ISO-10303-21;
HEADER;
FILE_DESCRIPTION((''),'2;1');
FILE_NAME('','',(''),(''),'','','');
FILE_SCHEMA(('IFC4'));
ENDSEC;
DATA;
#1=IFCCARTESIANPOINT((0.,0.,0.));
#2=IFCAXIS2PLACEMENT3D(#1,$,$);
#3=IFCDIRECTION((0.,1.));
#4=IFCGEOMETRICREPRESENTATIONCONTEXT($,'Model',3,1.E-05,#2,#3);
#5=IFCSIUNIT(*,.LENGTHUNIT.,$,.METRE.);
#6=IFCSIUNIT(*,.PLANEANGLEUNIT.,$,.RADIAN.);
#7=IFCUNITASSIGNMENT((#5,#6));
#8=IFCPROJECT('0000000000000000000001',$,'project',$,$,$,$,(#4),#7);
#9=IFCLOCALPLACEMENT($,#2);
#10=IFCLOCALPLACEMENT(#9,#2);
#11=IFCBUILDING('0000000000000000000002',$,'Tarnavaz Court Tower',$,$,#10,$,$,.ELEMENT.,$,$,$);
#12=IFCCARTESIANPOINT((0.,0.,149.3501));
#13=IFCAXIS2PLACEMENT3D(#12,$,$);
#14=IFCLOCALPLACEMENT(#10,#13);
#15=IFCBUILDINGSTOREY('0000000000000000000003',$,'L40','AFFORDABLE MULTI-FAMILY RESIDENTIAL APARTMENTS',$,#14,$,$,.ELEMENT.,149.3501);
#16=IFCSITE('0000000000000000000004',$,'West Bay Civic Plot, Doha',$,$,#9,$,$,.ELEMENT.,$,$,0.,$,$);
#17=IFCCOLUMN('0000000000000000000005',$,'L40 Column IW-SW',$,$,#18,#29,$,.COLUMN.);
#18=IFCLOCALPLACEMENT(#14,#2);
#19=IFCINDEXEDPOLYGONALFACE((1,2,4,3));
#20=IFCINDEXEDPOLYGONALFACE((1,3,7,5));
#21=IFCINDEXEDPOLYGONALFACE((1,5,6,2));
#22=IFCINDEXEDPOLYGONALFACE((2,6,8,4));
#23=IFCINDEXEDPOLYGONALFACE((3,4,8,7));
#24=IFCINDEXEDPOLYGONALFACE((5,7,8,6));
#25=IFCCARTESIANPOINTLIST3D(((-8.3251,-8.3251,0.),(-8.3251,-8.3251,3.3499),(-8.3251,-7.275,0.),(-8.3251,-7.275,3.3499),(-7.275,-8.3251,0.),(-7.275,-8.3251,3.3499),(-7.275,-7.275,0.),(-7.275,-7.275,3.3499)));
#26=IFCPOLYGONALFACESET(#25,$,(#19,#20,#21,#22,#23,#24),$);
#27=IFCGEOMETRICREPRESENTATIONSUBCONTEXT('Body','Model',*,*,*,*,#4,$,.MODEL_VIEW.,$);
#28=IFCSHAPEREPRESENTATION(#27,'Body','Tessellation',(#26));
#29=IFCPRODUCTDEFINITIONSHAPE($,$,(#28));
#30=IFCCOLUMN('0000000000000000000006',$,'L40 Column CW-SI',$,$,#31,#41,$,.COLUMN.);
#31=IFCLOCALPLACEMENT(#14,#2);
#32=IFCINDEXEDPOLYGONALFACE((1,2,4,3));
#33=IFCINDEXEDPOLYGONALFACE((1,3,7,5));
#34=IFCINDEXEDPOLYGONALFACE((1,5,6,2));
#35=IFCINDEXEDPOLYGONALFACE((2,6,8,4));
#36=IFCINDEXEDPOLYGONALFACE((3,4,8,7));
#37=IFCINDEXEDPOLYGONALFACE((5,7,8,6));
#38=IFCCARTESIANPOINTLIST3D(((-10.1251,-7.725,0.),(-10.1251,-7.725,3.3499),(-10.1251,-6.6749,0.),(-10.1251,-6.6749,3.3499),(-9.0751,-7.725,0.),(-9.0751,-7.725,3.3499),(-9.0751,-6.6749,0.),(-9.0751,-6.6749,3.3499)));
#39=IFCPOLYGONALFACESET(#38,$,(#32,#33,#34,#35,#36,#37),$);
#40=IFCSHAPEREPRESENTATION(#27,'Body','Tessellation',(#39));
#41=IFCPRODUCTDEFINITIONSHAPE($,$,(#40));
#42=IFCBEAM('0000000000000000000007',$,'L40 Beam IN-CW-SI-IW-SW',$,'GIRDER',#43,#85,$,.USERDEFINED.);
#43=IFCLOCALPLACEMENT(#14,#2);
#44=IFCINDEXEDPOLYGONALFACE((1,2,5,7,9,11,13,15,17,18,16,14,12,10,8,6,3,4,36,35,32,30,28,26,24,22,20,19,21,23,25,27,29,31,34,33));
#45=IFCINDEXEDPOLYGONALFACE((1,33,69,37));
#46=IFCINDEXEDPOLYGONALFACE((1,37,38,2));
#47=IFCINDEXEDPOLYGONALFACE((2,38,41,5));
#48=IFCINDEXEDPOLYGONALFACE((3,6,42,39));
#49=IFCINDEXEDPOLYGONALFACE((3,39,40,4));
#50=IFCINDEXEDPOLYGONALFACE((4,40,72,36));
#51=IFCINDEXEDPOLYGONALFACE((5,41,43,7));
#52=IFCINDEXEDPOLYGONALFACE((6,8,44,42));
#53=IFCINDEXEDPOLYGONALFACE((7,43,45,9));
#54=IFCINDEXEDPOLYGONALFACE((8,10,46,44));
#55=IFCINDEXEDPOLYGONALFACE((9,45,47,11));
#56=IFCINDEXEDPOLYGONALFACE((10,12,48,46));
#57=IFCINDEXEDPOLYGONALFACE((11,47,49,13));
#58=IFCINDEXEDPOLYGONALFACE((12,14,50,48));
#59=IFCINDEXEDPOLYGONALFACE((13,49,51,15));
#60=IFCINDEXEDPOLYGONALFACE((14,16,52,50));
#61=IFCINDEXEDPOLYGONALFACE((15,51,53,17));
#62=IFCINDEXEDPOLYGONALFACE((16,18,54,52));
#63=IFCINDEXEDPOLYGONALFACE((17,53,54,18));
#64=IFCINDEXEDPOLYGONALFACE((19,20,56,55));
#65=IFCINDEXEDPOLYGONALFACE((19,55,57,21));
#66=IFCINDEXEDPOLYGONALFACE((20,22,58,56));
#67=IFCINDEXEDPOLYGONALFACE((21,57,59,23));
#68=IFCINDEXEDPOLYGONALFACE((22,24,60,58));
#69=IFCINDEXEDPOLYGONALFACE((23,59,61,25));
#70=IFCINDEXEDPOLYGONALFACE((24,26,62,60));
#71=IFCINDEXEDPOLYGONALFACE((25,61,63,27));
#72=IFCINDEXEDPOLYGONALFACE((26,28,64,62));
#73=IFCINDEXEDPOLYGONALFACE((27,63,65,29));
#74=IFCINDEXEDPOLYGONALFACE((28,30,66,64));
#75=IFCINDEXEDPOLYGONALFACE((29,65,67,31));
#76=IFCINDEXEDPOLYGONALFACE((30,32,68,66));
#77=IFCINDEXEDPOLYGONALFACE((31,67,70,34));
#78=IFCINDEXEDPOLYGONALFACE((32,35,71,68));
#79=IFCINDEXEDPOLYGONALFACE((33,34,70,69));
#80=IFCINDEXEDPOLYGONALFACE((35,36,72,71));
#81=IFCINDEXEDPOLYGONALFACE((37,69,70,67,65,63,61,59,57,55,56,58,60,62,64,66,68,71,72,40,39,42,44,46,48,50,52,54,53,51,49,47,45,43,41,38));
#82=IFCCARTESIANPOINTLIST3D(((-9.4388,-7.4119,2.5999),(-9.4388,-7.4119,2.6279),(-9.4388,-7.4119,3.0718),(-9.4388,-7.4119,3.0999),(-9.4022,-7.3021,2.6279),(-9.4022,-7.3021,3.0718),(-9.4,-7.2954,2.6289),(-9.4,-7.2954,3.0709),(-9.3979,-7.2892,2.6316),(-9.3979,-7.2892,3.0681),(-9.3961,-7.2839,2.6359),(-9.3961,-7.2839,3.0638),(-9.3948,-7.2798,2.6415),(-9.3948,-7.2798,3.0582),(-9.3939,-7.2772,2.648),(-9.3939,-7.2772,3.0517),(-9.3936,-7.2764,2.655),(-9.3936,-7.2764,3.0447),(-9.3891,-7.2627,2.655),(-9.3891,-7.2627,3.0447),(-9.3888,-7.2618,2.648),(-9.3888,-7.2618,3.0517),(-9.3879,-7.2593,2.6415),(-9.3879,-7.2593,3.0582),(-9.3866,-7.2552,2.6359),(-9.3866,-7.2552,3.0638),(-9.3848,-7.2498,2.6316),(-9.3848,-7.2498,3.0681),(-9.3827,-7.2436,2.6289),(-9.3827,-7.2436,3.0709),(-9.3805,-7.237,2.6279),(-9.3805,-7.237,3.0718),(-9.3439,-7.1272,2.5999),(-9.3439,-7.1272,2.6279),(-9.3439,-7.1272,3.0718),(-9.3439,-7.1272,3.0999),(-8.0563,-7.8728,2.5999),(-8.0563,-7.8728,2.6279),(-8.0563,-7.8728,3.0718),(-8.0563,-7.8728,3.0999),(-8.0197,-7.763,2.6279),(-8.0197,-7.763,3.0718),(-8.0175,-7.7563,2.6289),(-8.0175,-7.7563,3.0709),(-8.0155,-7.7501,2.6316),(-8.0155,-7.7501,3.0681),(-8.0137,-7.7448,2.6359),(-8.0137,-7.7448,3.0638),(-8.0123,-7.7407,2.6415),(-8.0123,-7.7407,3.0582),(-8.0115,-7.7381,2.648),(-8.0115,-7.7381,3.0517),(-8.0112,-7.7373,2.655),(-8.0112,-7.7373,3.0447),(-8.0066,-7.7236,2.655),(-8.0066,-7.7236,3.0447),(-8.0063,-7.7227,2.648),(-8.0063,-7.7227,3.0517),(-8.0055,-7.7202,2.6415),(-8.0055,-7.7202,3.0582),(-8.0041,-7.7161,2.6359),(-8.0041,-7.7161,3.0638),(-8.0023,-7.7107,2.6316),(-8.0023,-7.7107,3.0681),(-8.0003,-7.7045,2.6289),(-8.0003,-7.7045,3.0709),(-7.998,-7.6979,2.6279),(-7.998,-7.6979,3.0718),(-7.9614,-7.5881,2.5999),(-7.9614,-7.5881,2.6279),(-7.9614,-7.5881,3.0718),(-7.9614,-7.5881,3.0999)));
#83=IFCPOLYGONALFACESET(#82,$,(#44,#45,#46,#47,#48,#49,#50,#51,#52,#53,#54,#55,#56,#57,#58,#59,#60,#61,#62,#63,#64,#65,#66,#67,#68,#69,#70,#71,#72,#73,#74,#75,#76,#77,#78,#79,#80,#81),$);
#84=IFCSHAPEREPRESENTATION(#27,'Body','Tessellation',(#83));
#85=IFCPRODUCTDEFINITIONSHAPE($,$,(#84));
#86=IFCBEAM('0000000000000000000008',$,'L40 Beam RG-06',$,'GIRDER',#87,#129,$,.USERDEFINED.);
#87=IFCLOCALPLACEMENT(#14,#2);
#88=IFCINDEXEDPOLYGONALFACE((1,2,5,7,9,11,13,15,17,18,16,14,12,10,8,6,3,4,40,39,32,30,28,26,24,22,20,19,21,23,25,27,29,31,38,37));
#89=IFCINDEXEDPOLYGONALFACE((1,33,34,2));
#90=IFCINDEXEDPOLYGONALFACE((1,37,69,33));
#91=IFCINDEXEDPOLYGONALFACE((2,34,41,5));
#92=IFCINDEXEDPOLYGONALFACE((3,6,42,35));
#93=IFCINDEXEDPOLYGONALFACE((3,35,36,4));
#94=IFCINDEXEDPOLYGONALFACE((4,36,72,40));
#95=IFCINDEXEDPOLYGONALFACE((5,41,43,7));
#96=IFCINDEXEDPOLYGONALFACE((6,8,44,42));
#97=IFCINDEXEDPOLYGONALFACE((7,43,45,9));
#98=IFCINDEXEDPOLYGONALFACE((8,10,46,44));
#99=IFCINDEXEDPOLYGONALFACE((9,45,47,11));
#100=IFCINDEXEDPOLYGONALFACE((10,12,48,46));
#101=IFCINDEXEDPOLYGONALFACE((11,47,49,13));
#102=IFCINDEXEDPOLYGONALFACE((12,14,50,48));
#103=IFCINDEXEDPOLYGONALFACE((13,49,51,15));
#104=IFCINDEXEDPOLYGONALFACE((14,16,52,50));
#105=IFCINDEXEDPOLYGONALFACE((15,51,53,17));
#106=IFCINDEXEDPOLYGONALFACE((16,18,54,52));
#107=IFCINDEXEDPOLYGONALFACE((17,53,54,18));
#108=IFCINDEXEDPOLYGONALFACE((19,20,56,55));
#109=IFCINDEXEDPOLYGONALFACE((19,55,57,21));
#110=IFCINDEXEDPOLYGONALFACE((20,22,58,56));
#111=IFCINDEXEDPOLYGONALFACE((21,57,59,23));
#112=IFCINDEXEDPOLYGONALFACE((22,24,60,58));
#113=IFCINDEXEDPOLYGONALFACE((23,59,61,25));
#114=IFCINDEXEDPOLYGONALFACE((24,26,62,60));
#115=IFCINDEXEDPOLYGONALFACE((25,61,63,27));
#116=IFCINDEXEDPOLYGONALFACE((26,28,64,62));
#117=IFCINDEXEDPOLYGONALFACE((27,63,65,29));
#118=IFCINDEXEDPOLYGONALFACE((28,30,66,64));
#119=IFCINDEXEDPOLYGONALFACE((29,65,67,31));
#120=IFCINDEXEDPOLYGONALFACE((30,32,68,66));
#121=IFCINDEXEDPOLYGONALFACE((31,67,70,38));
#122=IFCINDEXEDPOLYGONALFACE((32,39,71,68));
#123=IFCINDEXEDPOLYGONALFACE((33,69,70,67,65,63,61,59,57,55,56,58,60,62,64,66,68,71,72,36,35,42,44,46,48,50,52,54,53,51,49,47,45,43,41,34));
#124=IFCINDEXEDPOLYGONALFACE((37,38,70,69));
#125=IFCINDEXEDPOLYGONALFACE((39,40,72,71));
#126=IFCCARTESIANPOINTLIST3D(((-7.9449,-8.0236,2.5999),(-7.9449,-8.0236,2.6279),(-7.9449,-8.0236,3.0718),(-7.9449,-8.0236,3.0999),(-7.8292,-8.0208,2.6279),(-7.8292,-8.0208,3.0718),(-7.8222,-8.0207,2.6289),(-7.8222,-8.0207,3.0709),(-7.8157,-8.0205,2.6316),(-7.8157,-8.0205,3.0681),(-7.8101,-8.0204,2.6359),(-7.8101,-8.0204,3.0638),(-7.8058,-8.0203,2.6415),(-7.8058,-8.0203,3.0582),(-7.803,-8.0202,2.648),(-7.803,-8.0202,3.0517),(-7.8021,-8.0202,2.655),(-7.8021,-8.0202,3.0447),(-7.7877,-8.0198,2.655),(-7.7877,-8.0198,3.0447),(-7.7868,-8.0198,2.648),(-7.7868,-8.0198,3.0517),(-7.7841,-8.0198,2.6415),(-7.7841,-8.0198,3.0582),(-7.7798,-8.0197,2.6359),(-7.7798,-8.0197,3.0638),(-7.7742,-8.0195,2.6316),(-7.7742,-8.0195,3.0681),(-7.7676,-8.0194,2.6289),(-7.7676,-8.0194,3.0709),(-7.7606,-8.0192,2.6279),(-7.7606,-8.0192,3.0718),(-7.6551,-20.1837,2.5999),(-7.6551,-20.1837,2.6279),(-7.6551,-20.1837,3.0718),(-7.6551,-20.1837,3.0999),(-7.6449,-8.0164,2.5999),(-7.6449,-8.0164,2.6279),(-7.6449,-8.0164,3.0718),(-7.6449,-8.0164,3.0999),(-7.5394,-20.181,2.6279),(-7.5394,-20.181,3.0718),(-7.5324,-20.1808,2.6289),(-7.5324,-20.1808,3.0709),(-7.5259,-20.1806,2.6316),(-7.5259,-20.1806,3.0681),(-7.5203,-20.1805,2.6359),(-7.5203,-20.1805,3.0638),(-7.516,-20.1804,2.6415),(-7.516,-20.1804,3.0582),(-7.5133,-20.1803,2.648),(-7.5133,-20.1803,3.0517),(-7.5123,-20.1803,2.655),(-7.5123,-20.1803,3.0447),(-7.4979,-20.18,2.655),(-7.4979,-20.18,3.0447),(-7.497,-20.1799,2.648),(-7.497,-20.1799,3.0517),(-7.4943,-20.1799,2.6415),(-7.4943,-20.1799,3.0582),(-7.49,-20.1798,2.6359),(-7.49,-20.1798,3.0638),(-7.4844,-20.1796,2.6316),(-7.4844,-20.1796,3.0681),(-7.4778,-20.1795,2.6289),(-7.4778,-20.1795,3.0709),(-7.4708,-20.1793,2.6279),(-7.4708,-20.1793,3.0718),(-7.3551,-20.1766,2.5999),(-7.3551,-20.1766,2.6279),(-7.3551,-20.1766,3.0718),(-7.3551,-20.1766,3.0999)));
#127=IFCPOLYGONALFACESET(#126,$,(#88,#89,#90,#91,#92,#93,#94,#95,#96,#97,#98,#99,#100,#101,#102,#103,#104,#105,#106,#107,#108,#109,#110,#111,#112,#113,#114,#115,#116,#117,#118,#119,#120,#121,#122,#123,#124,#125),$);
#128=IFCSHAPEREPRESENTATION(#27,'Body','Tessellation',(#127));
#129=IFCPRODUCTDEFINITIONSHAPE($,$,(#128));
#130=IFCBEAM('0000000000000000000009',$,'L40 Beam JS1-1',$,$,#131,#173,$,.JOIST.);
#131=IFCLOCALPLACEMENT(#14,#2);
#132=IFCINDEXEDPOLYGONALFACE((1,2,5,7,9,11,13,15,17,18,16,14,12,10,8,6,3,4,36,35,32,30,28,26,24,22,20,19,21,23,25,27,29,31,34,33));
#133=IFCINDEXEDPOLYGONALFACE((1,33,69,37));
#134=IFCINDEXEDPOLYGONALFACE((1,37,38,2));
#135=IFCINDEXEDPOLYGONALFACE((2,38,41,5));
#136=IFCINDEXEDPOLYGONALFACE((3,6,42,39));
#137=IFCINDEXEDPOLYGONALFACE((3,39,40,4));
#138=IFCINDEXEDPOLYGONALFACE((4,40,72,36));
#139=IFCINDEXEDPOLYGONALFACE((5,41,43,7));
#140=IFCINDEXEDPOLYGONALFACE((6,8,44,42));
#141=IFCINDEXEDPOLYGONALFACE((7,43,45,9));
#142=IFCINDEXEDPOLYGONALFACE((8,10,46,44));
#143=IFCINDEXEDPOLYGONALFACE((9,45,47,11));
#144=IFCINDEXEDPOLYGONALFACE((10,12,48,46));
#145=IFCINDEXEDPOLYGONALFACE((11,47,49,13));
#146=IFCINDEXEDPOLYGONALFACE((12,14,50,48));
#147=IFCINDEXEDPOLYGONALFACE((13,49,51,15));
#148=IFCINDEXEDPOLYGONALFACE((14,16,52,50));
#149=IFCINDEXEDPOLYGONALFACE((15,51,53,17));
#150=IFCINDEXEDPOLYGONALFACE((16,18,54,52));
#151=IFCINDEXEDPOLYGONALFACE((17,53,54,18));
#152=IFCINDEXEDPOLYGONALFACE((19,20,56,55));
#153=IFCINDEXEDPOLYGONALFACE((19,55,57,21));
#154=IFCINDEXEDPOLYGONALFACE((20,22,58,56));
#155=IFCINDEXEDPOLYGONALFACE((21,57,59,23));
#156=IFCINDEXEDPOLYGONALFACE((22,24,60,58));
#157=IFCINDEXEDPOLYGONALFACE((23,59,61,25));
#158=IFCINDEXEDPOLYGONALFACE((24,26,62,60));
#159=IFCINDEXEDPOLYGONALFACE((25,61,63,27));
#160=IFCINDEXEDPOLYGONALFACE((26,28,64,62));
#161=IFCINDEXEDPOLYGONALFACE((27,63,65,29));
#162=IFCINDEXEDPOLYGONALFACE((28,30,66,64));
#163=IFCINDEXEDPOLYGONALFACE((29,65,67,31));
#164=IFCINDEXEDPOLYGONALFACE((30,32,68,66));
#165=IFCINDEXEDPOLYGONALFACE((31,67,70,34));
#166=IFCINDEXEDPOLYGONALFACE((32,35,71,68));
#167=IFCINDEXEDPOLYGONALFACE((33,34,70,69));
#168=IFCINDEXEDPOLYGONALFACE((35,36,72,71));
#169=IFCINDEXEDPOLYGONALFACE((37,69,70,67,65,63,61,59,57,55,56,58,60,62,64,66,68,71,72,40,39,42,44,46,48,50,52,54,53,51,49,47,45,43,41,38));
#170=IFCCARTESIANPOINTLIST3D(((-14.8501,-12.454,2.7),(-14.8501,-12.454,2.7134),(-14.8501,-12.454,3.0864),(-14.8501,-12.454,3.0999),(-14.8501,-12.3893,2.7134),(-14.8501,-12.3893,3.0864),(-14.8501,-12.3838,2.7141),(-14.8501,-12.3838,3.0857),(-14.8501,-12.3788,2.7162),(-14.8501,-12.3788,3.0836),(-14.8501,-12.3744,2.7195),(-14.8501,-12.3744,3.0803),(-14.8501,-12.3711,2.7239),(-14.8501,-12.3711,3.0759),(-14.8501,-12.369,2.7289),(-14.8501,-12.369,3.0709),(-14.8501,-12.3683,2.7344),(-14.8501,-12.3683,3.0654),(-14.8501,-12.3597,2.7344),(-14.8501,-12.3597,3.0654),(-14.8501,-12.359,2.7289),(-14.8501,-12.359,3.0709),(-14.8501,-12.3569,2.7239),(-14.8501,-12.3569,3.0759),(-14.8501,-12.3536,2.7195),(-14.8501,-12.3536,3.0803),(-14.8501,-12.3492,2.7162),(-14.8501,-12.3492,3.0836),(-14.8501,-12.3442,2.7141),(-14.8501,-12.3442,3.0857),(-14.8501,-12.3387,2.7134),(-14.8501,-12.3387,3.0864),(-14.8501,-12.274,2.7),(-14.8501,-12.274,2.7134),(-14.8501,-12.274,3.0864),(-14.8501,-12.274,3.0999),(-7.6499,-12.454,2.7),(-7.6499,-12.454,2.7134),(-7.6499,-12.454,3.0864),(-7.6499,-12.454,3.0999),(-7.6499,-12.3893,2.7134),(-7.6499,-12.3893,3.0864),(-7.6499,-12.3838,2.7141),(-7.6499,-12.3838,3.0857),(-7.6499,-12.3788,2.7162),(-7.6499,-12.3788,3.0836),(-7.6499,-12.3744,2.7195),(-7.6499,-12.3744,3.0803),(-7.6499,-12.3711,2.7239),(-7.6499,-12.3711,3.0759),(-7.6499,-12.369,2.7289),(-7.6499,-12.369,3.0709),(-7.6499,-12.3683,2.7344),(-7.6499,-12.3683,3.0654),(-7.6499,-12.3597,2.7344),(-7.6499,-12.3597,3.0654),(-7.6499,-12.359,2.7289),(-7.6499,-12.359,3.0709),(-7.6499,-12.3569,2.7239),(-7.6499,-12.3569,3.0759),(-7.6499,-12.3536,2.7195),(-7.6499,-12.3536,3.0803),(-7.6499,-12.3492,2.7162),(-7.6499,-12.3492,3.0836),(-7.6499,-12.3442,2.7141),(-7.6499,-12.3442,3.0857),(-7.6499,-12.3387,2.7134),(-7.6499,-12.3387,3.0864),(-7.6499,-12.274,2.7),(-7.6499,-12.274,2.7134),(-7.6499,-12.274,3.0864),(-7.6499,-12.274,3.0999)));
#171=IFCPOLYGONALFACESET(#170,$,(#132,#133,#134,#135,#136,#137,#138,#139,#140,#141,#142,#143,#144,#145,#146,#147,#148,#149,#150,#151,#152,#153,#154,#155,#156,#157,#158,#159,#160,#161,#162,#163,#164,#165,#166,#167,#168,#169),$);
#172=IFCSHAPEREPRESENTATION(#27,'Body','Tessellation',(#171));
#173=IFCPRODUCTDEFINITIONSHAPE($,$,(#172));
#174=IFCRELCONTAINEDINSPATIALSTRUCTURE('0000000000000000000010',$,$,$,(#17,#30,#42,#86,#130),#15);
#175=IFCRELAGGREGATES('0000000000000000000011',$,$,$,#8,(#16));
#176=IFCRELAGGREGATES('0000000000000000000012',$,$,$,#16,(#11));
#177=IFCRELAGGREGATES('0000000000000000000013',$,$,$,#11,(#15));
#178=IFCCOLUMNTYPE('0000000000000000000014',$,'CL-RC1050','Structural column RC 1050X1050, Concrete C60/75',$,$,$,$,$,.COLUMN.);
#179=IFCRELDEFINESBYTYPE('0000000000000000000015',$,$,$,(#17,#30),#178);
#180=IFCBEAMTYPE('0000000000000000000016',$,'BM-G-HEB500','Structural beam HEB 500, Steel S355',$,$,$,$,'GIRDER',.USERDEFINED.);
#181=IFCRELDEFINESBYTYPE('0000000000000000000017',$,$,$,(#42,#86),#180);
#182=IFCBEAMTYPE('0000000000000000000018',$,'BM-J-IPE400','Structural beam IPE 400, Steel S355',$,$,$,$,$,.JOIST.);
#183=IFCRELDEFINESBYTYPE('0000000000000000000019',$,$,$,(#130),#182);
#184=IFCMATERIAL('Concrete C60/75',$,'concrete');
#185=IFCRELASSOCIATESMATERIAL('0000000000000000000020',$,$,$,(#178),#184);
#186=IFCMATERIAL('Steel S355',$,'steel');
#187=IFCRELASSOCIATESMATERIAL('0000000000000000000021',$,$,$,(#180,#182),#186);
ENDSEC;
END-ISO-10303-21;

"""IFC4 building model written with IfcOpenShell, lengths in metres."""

from ifc_helpers import new_model, si_unit, direction, frame, origin, origin_2d, place, context, subcontext, project, spatial, rectangle, i_section, extrude, material, material_profile, profile_set, type_object, element, save


model = new_model("IFC4")

# Units and contexts
model_context = context("Model", 3, precision=1e-05, world=origin(), true_north=direction((0.0, 1.0)))
body_context = subcontext(model_context, "Body", "Model", "MODEL_VIEW")
ifc_project = project(units=[si_unit("LENGTHUNIT", "METRE"), si_unit("PLANEANGLEUNIT", "RADIAN")], contexts=[model_context])

# Site, building, storey
site_placement = place(None, origin())
site = spatial("IfcSite", under=ifc_project, at=site_placement, Name="West Bay Civic Plot, Doha", CompositionType="ELEMENT", RefElevation=0.0)
building_placement = place(site_placement, origin())
building = spatial("IfcBuilding", under=site, at=building_placement, Name="Tarnavaz Court Tower", CompositionType="ELEMENT")
storey_placement = place(building_placement, frame((0.0, 0.0, 149.3501)))
storey = spatial("IfcBuildingStorey", under=building, at=storey_placement, Name="L40", Description="AFFORDABLE MULTI-FAMILY RESIDENTIAL APARTMENTS", CompositionType="ELEMENT", Elevation=149.3501)

# Columns
ifc_material_1 = material(Name="Concrete C60/75", Category="concrete")
ifc_material_profile_1 = material_profile(ifc_material_1, rectangle(XDim=1.05, YDim=1.05, at=origin_2d()), Name="RC 1050X1050")
ifc_profile_set_1 = profile_set([ifc_material_profile_1], Name="Concrete C60/75")
column_type = type_object("IfcColumnType", Name="CL-RC1050", Description="Structural column RC 1050X1050, Concrete C60/75", PredefinedType="COLUMN", material=ifc_profile_set_1)
for number, where, z_axis, x_axis, name in (
    (1, (-7.8, -7.8, 0.0), (0.0, 0.0, 1.0), (1.0, 0.0, 0.0), "L40 Column IW-SW"),
    (2, (-9.6001, -7.2, 0.0), (0.0, 0.0, 1.0), (1.0, 0.0, 0.0), "L40 Column CW-SI"),
):
    element("IfcColumn", number, at=place(storey_placement, frame(where, z_axis=z_axis, x_axis=x_axis)), inside=storey, type_object=column_type, Name=name, PredefinedType="COLUMN", context=body_context, shape_type="SweptSolid", body=[
        extrude(rectangle(XDim=1.05, YDim=1.05, at=origin_2d()), origin(), (0.0, 0.0, 1.0), 3.3499),
    ])

# Beams
ifc_material_2 = material(Name="Steel S355", Category="steel")
ifc_material_profile_2 = material_profile(ifc_material_2, i_section(OverallWidth=0.3, OverallDepth=0.5, WebThickness=0.0144, FlangeThickness=0.0281, FilletRadius=0.0271, at=origin_2d()), Name="HEB 500")
ifc_profile_set_2 = profile_set([ifc_material_profile_2], Name="Steel S355")
beam_type_1 = type_object("IfcBeamType", Name="BM-G-HEB500", Description="Structural beam HEB 500, Steel S355", ElementType="GIRDER", PredefinedType="USERDEFINED", material=ifc_profile_set_2)
beam_1_placement = place(storey_placement, frame((-9.3914, -7.2695, 2.8499), z_axis=(0.948667, -0.316278, 0.0), x_axis=(0.316278, 0.948667, 0.0)))
element("IfcBeam", 3, at=beam_1_placement, inside=storey, type_object=beam_type_1, Name="L40 Beam IN-CW-SI-IW-SW", ObjectType="GIRDER", PredefinedType="USERDEFINED", context=body_context, shape_type="SweptSolid", body=[
    extrude(i_section(OverallWidth=0.3, OverallDepth=0.5, WebThickness=0.0144, FlangeThickness=0.0281, FilletRadius=0.0271, at=origin_2d()), origin(), (0.0, 0.0, 1.0), 1.4573),
])
beam_2_placement = place(storey_placement, frame((-7.7949, -8.02, 2.8499), z_axis=(0.023825, -0.999716, 0.0), x_axis=(0.999716, 0.023825, 0.0)))
element("IfcBeam", 4, at=beam_2_placement, inside=storey, type_object=beam_type_1, Name="L40 Beam RG-06", ObjectType="GIRDER", PredefinedType="USERDEFINED", context=body_context, shape_type="SweptSolid", body=[
    extrude(i_section(OverallWidth=0.3, OverallDepth=0.5, WebThickness=0.0144, FlangeThickness=0.0281, FilletRadius=0.0271, at=origin_2d()), origin(), (0.0, 0.0, 1.0), 12.1636),
])
ifc_material_profile_3 = material_profile(ifc_material_2, i_section(OverallWidth=0.1799, OverallDepth=0.3999, WebThickness=0.0085, FlangeThickness=0.0134, FilletRadius=0.021, at=origin_2d()), Name="IPE 400")
ifc_profile_set_3 = profile_set([ifc_material_profile_3], Name="Steel S355")
beam_type_2 = type_object("IfcBeamType", Name="BM-J-IPE400", Description="Structural beam IPE 400, Steel S355", PredefinedType="JOIST", material=ifc_profile_set_3)
beam_3_placement = place(storey_placement, frame((-14.8501, -12.364, 2.8999), z_axis=(1.0, 0.0, 0.0), x_axis=(0.0, 1.0, 0.0)))
element("IfcBeam", 5, at=beam_3_placement, inside=storey, type_object=beam_type_2, Name="L40 Beam JS1-1", PredefinedType="JOIST", context=body_context, shape_type="SweptSolid", body=[
    extrude(i_section(OverallWidth=0.1799, OverallDepth=0.3999, WebThickness=0.0085, FlangeThickness=0.0134, FilletRadius=0.021, at=origin_2d()), origin(), (0.0, 0.0, 1.0), 7.2002),
])

save(model, "model.ifc")
